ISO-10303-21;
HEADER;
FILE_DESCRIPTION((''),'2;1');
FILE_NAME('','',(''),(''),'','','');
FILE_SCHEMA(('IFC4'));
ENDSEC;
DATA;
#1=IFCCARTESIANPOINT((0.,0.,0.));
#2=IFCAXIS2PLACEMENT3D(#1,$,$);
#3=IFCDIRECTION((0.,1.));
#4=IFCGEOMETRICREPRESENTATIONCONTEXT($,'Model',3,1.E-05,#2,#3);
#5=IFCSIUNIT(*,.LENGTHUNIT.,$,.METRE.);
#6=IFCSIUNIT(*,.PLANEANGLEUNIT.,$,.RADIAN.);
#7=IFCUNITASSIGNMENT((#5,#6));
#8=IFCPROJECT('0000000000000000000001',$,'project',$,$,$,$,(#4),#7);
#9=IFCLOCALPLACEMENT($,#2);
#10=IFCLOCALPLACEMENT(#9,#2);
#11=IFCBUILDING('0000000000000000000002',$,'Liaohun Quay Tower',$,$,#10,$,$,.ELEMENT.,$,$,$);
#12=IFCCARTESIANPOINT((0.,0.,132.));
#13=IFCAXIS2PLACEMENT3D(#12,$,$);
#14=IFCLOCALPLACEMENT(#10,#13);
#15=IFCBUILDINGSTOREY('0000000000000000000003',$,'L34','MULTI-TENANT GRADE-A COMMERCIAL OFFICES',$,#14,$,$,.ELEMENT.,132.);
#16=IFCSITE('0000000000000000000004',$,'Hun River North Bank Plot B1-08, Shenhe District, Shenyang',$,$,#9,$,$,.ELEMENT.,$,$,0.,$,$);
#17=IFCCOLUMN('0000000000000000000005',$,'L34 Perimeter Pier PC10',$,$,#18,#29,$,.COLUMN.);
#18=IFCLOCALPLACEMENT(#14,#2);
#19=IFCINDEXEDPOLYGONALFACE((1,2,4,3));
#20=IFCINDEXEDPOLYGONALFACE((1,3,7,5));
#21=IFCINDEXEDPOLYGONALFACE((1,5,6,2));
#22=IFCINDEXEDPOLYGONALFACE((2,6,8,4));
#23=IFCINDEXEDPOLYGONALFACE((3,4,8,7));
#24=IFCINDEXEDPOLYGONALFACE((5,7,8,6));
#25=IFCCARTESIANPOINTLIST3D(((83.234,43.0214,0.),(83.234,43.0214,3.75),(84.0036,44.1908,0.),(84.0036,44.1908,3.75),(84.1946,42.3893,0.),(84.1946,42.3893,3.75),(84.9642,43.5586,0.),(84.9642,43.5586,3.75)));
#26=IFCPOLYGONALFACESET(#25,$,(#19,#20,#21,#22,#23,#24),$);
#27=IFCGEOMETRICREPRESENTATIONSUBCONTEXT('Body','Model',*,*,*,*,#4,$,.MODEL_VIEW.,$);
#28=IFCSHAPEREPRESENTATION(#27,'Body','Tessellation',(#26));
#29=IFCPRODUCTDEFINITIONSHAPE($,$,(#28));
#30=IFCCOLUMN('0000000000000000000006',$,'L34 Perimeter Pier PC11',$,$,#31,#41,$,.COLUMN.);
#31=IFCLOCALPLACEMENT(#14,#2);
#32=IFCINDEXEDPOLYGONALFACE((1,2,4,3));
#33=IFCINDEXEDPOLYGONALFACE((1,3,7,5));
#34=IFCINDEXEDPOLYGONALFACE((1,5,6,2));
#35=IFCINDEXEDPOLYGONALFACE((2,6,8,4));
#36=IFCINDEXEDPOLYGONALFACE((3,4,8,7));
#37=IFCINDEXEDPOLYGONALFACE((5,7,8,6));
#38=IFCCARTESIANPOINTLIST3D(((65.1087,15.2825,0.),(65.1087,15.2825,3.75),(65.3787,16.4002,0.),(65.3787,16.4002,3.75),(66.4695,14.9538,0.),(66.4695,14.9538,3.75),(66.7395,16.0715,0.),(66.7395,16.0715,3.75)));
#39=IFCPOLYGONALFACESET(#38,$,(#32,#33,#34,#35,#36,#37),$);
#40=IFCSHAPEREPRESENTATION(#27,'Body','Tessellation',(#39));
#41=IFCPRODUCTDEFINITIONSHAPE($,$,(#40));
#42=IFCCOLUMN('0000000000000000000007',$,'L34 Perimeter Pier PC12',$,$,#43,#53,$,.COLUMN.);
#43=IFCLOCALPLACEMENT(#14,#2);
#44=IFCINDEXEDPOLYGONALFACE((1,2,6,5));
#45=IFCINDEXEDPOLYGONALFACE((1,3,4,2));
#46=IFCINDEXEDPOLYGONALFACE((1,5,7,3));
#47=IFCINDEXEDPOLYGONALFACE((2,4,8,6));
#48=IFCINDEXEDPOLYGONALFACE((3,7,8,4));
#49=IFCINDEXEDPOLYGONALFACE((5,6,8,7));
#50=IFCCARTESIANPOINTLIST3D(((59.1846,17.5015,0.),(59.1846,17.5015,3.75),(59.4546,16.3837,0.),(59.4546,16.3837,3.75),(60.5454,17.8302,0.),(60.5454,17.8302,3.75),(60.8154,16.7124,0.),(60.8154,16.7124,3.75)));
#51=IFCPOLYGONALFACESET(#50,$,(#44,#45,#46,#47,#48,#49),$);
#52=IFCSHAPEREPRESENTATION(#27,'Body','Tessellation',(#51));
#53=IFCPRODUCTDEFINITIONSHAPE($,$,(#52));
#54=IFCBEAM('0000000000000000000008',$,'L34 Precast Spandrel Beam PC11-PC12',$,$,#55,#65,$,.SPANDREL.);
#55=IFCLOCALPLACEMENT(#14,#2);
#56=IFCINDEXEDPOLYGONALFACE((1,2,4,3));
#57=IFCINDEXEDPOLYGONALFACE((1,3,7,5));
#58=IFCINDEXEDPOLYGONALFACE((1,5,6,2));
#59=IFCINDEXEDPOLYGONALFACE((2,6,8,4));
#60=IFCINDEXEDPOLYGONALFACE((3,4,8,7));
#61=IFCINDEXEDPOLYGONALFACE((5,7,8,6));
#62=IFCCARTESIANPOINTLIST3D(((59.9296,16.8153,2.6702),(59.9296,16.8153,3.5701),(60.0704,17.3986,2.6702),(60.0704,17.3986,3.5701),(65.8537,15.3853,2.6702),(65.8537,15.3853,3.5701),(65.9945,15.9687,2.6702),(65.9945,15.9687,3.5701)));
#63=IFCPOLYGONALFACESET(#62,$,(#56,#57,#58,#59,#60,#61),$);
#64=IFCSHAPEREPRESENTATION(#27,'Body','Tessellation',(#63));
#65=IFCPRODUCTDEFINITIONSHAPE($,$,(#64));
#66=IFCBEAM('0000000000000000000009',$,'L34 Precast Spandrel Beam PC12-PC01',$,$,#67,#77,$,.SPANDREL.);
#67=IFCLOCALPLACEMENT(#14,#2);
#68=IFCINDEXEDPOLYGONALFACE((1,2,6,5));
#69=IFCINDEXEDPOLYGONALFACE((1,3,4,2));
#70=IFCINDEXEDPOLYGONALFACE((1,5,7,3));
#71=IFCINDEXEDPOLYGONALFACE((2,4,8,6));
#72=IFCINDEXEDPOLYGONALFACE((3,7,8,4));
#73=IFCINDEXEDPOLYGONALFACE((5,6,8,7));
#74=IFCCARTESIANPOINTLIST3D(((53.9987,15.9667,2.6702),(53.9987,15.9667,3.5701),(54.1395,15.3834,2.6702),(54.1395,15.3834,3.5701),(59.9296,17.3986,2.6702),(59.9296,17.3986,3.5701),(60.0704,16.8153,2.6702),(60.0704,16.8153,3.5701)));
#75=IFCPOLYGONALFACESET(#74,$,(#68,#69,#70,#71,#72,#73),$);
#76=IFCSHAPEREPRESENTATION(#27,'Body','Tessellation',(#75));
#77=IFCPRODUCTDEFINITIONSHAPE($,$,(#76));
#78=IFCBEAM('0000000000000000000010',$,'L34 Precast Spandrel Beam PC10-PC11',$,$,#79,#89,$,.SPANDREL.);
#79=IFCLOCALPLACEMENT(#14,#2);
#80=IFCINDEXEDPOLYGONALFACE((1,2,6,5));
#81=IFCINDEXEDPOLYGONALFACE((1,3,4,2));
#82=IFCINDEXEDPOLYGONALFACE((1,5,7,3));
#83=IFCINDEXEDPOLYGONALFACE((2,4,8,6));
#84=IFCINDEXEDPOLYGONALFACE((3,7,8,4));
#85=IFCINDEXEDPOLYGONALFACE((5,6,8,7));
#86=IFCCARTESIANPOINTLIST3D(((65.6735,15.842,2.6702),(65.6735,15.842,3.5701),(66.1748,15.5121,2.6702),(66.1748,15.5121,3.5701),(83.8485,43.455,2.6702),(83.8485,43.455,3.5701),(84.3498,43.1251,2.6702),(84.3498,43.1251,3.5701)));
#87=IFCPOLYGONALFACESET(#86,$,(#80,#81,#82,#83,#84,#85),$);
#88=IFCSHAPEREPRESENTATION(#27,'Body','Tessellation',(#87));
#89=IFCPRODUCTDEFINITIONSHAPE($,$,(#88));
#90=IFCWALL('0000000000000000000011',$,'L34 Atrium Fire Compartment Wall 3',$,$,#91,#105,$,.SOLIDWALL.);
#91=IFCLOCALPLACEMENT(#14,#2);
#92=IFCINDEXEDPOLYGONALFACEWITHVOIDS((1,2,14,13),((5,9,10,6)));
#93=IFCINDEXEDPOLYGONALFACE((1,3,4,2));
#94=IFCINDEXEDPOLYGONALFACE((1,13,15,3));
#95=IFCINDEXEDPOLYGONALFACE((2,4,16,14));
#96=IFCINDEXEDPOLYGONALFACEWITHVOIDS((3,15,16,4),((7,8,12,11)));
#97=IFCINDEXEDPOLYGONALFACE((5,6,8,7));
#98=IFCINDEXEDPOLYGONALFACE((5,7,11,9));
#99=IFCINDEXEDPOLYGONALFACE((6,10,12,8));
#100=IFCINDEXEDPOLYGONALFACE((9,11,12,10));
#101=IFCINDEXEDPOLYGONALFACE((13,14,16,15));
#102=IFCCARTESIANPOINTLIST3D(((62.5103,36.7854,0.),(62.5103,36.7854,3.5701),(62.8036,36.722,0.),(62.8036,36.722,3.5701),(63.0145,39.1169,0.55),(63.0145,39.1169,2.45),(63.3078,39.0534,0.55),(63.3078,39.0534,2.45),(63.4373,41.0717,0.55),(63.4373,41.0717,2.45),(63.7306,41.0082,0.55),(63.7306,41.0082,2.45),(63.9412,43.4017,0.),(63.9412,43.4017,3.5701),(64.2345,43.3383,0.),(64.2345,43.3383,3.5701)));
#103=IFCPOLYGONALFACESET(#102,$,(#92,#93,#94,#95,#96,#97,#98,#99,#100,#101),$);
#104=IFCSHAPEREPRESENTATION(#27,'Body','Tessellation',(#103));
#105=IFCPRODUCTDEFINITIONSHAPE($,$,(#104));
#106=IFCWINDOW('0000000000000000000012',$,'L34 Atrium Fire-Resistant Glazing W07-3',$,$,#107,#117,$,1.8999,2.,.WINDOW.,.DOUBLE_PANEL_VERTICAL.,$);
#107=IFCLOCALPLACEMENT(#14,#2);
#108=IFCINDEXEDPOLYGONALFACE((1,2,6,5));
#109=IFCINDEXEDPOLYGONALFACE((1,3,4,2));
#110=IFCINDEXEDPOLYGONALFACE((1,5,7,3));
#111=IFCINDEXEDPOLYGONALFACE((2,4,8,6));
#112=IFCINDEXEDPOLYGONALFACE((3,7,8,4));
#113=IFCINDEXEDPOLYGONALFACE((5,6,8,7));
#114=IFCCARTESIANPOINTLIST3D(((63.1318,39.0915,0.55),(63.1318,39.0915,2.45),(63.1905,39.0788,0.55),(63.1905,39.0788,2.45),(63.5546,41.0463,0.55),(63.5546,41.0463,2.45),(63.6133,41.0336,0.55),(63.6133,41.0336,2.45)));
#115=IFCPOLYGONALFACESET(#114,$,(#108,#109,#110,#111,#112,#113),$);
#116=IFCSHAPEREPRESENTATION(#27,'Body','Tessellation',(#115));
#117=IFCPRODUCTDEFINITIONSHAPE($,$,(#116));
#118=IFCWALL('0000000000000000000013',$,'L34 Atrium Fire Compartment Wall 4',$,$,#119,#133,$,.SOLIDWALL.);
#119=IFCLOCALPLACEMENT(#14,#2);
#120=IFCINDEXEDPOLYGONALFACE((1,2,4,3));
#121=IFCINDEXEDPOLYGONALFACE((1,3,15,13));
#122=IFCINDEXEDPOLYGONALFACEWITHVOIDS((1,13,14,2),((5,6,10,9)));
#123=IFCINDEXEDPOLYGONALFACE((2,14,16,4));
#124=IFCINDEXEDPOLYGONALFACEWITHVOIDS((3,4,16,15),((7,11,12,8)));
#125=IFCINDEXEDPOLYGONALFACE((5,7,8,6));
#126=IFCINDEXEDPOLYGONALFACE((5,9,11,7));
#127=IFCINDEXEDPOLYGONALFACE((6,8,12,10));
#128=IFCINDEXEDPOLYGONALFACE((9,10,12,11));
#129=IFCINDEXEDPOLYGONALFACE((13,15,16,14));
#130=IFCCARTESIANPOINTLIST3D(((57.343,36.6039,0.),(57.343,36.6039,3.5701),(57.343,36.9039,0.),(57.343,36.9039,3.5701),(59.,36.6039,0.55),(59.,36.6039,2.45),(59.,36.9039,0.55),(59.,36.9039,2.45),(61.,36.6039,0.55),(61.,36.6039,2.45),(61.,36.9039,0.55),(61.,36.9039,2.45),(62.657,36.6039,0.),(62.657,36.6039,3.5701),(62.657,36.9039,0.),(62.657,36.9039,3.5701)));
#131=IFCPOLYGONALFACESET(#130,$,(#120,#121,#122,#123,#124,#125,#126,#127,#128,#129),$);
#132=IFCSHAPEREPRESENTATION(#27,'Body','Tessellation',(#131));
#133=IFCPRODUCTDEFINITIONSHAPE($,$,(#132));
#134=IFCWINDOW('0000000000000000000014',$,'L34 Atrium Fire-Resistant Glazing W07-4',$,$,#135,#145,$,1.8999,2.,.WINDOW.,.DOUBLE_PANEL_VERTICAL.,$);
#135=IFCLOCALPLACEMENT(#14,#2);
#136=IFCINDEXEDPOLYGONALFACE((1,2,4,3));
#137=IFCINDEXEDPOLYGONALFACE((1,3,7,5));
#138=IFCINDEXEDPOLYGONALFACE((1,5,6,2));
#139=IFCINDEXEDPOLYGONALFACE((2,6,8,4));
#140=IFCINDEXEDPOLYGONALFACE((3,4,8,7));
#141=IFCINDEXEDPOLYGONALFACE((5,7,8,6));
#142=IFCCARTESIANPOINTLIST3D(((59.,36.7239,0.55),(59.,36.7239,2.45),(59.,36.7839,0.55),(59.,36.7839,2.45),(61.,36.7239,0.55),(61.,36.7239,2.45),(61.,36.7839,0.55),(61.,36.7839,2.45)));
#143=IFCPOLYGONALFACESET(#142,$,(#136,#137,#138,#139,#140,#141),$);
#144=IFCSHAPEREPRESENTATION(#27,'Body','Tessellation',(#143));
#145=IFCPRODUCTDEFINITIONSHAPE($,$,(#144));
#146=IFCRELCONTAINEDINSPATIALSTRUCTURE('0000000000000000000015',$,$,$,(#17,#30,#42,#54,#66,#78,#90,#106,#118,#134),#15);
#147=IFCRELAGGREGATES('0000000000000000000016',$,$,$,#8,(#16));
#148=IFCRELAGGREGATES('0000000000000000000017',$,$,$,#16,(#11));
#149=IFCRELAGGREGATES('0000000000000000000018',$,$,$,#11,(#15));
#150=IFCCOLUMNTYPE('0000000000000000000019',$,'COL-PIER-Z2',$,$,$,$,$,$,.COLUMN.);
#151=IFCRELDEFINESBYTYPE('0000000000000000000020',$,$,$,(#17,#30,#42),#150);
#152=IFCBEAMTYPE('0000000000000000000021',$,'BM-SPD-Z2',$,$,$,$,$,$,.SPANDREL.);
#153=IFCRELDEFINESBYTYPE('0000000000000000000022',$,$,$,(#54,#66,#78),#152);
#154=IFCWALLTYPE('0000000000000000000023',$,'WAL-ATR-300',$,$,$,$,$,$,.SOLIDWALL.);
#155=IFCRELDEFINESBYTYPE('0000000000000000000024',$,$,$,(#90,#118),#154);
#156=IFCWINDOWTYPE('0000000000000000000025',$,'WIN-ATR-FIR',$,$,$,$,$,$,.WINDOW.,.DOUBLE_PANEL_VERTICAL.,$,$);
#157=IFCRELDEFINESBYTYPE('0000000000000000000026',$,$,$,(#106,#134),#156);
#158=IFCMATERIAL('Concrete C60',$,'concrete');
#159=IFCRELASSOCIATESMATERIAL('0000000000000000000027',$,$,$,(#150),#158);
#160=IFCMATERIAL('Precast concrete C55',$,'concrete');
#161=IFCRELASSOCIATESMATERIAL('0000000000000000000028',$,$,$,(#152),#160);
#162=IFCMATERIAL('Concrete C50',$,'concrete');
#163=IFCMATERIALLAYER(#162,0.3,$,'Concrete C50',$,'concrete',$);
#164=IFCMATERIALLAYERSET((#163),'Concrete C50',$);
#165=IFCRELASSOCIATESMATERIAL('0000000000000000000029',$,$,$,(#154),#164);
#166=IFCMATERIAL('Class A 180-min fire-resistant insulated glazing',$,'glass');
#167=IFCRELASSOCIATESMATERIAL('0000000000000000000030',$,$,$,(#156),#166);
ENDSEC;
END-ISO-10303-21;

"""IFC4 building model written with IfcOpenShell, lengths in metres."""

from ifc_helpers import new_model, si_unit, direction, frame, frame_2d, origin, origin_2d, place, context, subcontext, project, spatial, rectangle, extrude, source, transform, mapped, material, layer, layer_set, material_profile, profile_set, type_object, element, fill, save


model = new_model("IFC4")

# Units and contexts
model_context = context("Model", 3, precision=1e-05, world=origin(), true_north=direction((0.0, 1.0)))
body_context = subcontext(model_context, "Body", "Model", "MODEL_VIEW")
ifc_project = project(units=[si_unit("LENGTHUNIT", "METRE"), si_unit("PLANEANGLEUNIT", "RADIAN")], contexts=[model_context])

# Site, building, storey
site_placement = place(None, origin())
site = spatial("IfcSite", under=ifc_project, at=site_placement, Name="Hun River North Bank Plot B1-08, Shenhe District, Shenyang", CompositionType="ELEMENT", RefElevation=0.0)
building_placement = place(site_placement, origin())
building = spatial("IfcBuilding", under=site, at=building_placement, Name="Liaohun Quay Tower", CompositionType="ELEMENT")
storey_placement = place(building_placement, frame((0.0, 0.0, 132.0)))
storey = spatial("IfcBuildingStorey", under=building, at=storey_placement, Name="L34", Description="MULTI-TENANT GRADE-A COMMERCIAL OFFICES", CompositionType="ELEMENT", Elevation=132.0)

# Columns
ifc_material_1 = material(Name="Concrete C60", Category="concrete")
ifc_material_profile_1 = material_profile(ifc_material_1, rectangle(XDim=1.3999, YDim=1.1499, at=origin_2d()), Name="RC1400x1150")
ifc_profile_set_1 = profile_set([ifc_material_profile_1], Name="Concrete C60")
column_type = type_object("IfcColumnType", Name="COL-PIER-Z2", PredefinedType="COLUMN", material=ifc_profile_set_1)
shared_shape_1 = source(origin(), body_context, "Body", "SweptSolid", [
    extrude(rectangle(XDim=1.3999, YDim=1.1499, at=origin_2d()), origin(), (0.0, 0.0, 1.0), 3.75),
])
for number, where, z_axis, x_axis, name in (
    (1, (84.0991, 43.29, 0.0), (0.0, 0.0, 1.0), (0.549752, 0.835328, 0.0), "L34 Perimeter Pier PC10"),
    (2, (65.9241, 15.677, 0.0), (0.0, 0.0, 1.0), (-0.972043, 0.234803, 0.0), "L34 Perimeter Pier PC11"),
    (3, (60.0, 17.1069, 0.0), (0.0, 0.0, 1.0), (0.972043, 0.234803, 0.0), "L34 Perimeter Pier PC12"),
):
    element("IfcColumn", number, at=place(storey_placement, frame(where, z_axis=z_axis, x_axis=x_axis)), inside=storey, type_object=column_type, Name=name, PredefinedType="COLUMN", context=body_context, shape_type="MappedRepresentation", body=[
        mapped(shared_shape_1, transform((0.0, 0.0, 0.0), x_axis=(1.0, 0.0, 0.0), y_axis=(0.0, 1.0, 0.0), z_axis=(0.0, 0.0, 1.0), scale=1.0)),
    ])

# Beams
ifc_material_2 = material(Name="Precast concrete C55", Category="concrete")
ifc_material_profile_2 = material_profile(ifc_material_2, rectangle(XDim=0.6001, YDim=0.8999, at=origin_2d()), Name="RC600x900")
ifc_profile_set_2 = profile_set([ifc_material_profile_2], Name="Precast concrete C55")
beam_type = type_object("IfcBeamType", Name="BM-SPD-Z2", PredefinedType="SPANDREL", material=ifc_profile_set_2)
shared_shape_2 = source(origin(), body_context, "Body", "SweptSolid", [
    extrude(rectangle(XDim=0.6001, YDim=0.8999, at=origin_2d()), origin(), (0.0, 0.0, 1.0), 6.0942),
])
beam_1_placement = place(storey_placement, frame((65.9241, 15.677, 3.1201), z_axis=(-0.972083, 0.234638, 0.0), x_axis=(-0.234638, -0.972083, 0.0)))
element("IfcBeam", 4, at=beam_1_placement, inside=storey, type_object=beam_type, Name="L34 Precast Spandrel Beam PC11-PC12", PredefinedType="SPANDREL", context=body_context, shape_type="MappedRepresentation", body=[
    mapped(shared_shape_2, transform((0.0, 0.0, 0.0), x_axis=(1.0, 0.0, 0.0), y_axis=(0.0, 1.0, 0.0), z_axis=(0.0, 0.0, 1.0), scale=1.0)),
])
shared_shape_3 = source(origin(), body_context, "Body", "SweptSolid", [
    extrude(rectangle(XDim=0.6001, YDim=0.8999, at=origin_2d()), origin(), (0.0, 0.0, 1.0), 6.1013),
])
beam_2_placement = place(storey_placement, frame((60.0, 17.1069, 3.1201), z_axis=(-0.972072, -0.234685, 0.0), x_axis=(0.234685, -0.972072, 0.0)))
element("IfcBeam", 5, at=beam_2_placement, inside=storey, type_object=beam_type, Name="L34 Precast Spandrel Beam PC12-PC01", PredefinedType="SPANDREL", context=body_context, shape_type="MappedRepresentation", body=[
    mapped(shared_shape_3, transform((0.0, 0.0, 0.0), x_axis=(1.0, 0.0, 0.0), y_axis=(0.0, 1.0, 0.0), z_axis=(0.0, 0.0, 1.0), scale=1.0)),
])
shared_shape_4 = source(origin(), body_context, "Body", "SweptSolid", [
    extrude(rectangle(XDim=0.6001, YDim=0.8999, at=origin_2d()), origin(), (0.0, 0.0, 1.0), 33.0576),
])
beam_3_placement = place(storey_placement, frame((84.0991, 43.29, 3.1201), z_axis=(-0.549798, -0.835298, 0.0), x_axis=(0.835298, -0.549798, 0.0)))
element("IfcBeam", 6, at=beam_3_placement, inside=storey, type_object=beam_type, Name="L34 Precast Spandrel Beam PC10-PC11", PredefinedType="SPANDREL", context=body_context, shape_type="MappedRepresentation", body=[
    mapped(shared_shape_4, transform((0.0, 0.0, 0.0), x_axis=(1.0, 0.0, 0.0), y_axis=(0.0, 1.0, 0.0), z_axis=(0.0, 0.0, 1.0), scale=1.0)),
])

# Walls, openings, windows
ifc_material_3 = material(Name="Concrete C50", Category="concrete")
ifc_layer_1 = layer(ifc_material_3, 0.3, Name="Concrete C50", Category="concrete")
ifc_layer_set_1 = layer_set([ifc_layer_1], Name="Concrete C50")
wall_type_1 = type_object("IfcWallType", Name="WAL-ATR-300", PredefinedType="SOLIDWALL", material=ifc_layer_set_1)
wall_1_placement = place(storey_placement, frame((64.0879, 43.3701, 0.0), z_axis=(0.0, 0.0, 1.0), x_axis=(-0.211386, -0.977403, 0.0)))
wall_1 = element("IfcWall", 7, at=wall_1_placement, inside=storey, type_object=wall_type_1, Name="L34 Atrium Fire Compartment Wall 3", PredefinedType="SOLIDWALL", context=body_context, shape_type="SweptSolid", body=[
    extrude(rectangle(XDim=6.7693, YDim=0.3, at=frame_2d((3.3848, 0.0))), origin(), (0.0, 0.0, 1.0), 3.5701),
])
shared_shape_5 = source(origin(), body_context, "Body", "SweptSolid", [
    extrude(rectangle(XDim=2.0, YDim=1.8999, at=frame_2d((1.0, 0.95))), frame((0.0, 0.1599, 0.0), z_axis=(0.0, -1.0, 0.0), x_axis=(1.0, 0.0, 0.0)), (0.0, 0.0, 1.0), 0.3201),
])
opening_1_placement = place(wall_1_placement, frame((2.384, 0.0, 0.55)))
opening_1 = element("IfcOpeningElement", 8, at=opening_1_placement, cuts=wall_1, PredefinedType="OPENING", context=body_context, shape_type="MappedRepresentation", body=[
    mapped(shared_shape_5, transform((0.0, 0.0, 0.0), x_axis=(1.0, 0.0, 0.0), y_axis=(0.0, 1.0, 0.0), z_axis=(0.0, 0.0, 1.0), scale=1.0)),
])
ifc_material_4 = material(Name="Class A 180-min fire-resistant insulated glazing", Category="glass")
window_type_1 = type_object("IfcWindowType", Name="WIN-ATR-FIR", PartitioningType="DOUBLE_PANEL_VERTICAL", PredefinedType="WINDOW", material=ifc_material_4)
shared_shape_6 = source(origin(), body_context, "Body", "SweptSolid", [
    extrude(rectangle(XDim=2.0, YDim=1.8999, at=frame_2d((1.0, 0.95))), frame((0.0, 0.03, 0.0), z_axis=(0.0, -1.0, 0.0), x_axis=(1.0, 0.0, 0.0)), (0.0, 0.0, 1.0), 0.0601),
])
window_1_placement = place(opening_1_placement, origin())
window_1 = element("IfcWindow", 9, at=window_1_placement, inside=storey, type_object=window_type_1, Name="L34 Atrium Fire-Resistant Glazing W07-3", OverallHeight=1.8999, OverallWidth=2.0, PartitioningType="DOUBLE_PANEL_VERTICAL", PredefinedType="WINDOW", context=body_context, shape_type="MappedRepresentation", body=[
    mapped(shared_shape_6, transform((0.0, 0.0, 0.0), x_axis=(1.0, 0.0, 0.0), y_axis=(0.0, 1.0, 0.0), z_axis=(0.0, 0.0, 1.0), scale=1.0)),
])
fill(opening_1, window_1)
wall_2_placement = place(storey_placement, frame((62.657, 36.7539, 0.0), z_axis=(0.0, 0.0, 1.0), x_axis=(-1.0, 0.0, 0.0)))
wall_2 = element("IfcWall", 10, at=wall_2_placement, inside=storey, type_object=wall_type_1, Name="L34 Atrium Fire Compartment Wall 4", PredefinedType="SOLIDWALL", context=body_context, shape_type="SweptSolid", body=[
    extrude(rectangle(XDim=5.314, YDim=0.3, at=frame_2d((2.657, 0.0))), origin(), (0.0, 0.0, 1.0), 3.5701),
])
opening_2_placement = place(wall_2_placement, frame((1.657, 0.0, 0.55)))
opening_2 = element("IfcOpeningElement", 11, at=opening_2_placement, cuts=wall_2, PredefinedType="OPENING", context=body_context, shape_type="MappedRepresentation", body=[
    mapped(shared_shape_5, transform((0.0, 0.0, 0.0), x_axis=(1.0, 0.0, 0.0), y_axis=(0.0, 1.0, 0.0), z_axis=(0.0, 0.0, 1.0), scale=1.0)),
])
window_2_placement = place(opening_2_placement, origin())
window_2 = element("IfcWindow", 12, at=window_2_placement, inside=storey, type_object=window_type_1, Name="L34 Atrium Fire-Resistant Glazing W07-4", OverallHeight=1.8999, OverallWidth=2.0, PartitioningType="DOUBLE_PANEL_VERTICAL", PredefinedType="WINDOW", context=body_context, shape_type="MappedRepresentation", body=[
    mapped(shared_shape_6, transform((0.0, 0.0, 0.0), x_axis=(1.0, 0.0, 0.0), y_axis=(0.0, 1.0, 0.0), z_axis=(0.0, 0.0, 1.0), scale=1.0)),
])
fill(opening_2, window_2)

save(model, "model.ifc")
